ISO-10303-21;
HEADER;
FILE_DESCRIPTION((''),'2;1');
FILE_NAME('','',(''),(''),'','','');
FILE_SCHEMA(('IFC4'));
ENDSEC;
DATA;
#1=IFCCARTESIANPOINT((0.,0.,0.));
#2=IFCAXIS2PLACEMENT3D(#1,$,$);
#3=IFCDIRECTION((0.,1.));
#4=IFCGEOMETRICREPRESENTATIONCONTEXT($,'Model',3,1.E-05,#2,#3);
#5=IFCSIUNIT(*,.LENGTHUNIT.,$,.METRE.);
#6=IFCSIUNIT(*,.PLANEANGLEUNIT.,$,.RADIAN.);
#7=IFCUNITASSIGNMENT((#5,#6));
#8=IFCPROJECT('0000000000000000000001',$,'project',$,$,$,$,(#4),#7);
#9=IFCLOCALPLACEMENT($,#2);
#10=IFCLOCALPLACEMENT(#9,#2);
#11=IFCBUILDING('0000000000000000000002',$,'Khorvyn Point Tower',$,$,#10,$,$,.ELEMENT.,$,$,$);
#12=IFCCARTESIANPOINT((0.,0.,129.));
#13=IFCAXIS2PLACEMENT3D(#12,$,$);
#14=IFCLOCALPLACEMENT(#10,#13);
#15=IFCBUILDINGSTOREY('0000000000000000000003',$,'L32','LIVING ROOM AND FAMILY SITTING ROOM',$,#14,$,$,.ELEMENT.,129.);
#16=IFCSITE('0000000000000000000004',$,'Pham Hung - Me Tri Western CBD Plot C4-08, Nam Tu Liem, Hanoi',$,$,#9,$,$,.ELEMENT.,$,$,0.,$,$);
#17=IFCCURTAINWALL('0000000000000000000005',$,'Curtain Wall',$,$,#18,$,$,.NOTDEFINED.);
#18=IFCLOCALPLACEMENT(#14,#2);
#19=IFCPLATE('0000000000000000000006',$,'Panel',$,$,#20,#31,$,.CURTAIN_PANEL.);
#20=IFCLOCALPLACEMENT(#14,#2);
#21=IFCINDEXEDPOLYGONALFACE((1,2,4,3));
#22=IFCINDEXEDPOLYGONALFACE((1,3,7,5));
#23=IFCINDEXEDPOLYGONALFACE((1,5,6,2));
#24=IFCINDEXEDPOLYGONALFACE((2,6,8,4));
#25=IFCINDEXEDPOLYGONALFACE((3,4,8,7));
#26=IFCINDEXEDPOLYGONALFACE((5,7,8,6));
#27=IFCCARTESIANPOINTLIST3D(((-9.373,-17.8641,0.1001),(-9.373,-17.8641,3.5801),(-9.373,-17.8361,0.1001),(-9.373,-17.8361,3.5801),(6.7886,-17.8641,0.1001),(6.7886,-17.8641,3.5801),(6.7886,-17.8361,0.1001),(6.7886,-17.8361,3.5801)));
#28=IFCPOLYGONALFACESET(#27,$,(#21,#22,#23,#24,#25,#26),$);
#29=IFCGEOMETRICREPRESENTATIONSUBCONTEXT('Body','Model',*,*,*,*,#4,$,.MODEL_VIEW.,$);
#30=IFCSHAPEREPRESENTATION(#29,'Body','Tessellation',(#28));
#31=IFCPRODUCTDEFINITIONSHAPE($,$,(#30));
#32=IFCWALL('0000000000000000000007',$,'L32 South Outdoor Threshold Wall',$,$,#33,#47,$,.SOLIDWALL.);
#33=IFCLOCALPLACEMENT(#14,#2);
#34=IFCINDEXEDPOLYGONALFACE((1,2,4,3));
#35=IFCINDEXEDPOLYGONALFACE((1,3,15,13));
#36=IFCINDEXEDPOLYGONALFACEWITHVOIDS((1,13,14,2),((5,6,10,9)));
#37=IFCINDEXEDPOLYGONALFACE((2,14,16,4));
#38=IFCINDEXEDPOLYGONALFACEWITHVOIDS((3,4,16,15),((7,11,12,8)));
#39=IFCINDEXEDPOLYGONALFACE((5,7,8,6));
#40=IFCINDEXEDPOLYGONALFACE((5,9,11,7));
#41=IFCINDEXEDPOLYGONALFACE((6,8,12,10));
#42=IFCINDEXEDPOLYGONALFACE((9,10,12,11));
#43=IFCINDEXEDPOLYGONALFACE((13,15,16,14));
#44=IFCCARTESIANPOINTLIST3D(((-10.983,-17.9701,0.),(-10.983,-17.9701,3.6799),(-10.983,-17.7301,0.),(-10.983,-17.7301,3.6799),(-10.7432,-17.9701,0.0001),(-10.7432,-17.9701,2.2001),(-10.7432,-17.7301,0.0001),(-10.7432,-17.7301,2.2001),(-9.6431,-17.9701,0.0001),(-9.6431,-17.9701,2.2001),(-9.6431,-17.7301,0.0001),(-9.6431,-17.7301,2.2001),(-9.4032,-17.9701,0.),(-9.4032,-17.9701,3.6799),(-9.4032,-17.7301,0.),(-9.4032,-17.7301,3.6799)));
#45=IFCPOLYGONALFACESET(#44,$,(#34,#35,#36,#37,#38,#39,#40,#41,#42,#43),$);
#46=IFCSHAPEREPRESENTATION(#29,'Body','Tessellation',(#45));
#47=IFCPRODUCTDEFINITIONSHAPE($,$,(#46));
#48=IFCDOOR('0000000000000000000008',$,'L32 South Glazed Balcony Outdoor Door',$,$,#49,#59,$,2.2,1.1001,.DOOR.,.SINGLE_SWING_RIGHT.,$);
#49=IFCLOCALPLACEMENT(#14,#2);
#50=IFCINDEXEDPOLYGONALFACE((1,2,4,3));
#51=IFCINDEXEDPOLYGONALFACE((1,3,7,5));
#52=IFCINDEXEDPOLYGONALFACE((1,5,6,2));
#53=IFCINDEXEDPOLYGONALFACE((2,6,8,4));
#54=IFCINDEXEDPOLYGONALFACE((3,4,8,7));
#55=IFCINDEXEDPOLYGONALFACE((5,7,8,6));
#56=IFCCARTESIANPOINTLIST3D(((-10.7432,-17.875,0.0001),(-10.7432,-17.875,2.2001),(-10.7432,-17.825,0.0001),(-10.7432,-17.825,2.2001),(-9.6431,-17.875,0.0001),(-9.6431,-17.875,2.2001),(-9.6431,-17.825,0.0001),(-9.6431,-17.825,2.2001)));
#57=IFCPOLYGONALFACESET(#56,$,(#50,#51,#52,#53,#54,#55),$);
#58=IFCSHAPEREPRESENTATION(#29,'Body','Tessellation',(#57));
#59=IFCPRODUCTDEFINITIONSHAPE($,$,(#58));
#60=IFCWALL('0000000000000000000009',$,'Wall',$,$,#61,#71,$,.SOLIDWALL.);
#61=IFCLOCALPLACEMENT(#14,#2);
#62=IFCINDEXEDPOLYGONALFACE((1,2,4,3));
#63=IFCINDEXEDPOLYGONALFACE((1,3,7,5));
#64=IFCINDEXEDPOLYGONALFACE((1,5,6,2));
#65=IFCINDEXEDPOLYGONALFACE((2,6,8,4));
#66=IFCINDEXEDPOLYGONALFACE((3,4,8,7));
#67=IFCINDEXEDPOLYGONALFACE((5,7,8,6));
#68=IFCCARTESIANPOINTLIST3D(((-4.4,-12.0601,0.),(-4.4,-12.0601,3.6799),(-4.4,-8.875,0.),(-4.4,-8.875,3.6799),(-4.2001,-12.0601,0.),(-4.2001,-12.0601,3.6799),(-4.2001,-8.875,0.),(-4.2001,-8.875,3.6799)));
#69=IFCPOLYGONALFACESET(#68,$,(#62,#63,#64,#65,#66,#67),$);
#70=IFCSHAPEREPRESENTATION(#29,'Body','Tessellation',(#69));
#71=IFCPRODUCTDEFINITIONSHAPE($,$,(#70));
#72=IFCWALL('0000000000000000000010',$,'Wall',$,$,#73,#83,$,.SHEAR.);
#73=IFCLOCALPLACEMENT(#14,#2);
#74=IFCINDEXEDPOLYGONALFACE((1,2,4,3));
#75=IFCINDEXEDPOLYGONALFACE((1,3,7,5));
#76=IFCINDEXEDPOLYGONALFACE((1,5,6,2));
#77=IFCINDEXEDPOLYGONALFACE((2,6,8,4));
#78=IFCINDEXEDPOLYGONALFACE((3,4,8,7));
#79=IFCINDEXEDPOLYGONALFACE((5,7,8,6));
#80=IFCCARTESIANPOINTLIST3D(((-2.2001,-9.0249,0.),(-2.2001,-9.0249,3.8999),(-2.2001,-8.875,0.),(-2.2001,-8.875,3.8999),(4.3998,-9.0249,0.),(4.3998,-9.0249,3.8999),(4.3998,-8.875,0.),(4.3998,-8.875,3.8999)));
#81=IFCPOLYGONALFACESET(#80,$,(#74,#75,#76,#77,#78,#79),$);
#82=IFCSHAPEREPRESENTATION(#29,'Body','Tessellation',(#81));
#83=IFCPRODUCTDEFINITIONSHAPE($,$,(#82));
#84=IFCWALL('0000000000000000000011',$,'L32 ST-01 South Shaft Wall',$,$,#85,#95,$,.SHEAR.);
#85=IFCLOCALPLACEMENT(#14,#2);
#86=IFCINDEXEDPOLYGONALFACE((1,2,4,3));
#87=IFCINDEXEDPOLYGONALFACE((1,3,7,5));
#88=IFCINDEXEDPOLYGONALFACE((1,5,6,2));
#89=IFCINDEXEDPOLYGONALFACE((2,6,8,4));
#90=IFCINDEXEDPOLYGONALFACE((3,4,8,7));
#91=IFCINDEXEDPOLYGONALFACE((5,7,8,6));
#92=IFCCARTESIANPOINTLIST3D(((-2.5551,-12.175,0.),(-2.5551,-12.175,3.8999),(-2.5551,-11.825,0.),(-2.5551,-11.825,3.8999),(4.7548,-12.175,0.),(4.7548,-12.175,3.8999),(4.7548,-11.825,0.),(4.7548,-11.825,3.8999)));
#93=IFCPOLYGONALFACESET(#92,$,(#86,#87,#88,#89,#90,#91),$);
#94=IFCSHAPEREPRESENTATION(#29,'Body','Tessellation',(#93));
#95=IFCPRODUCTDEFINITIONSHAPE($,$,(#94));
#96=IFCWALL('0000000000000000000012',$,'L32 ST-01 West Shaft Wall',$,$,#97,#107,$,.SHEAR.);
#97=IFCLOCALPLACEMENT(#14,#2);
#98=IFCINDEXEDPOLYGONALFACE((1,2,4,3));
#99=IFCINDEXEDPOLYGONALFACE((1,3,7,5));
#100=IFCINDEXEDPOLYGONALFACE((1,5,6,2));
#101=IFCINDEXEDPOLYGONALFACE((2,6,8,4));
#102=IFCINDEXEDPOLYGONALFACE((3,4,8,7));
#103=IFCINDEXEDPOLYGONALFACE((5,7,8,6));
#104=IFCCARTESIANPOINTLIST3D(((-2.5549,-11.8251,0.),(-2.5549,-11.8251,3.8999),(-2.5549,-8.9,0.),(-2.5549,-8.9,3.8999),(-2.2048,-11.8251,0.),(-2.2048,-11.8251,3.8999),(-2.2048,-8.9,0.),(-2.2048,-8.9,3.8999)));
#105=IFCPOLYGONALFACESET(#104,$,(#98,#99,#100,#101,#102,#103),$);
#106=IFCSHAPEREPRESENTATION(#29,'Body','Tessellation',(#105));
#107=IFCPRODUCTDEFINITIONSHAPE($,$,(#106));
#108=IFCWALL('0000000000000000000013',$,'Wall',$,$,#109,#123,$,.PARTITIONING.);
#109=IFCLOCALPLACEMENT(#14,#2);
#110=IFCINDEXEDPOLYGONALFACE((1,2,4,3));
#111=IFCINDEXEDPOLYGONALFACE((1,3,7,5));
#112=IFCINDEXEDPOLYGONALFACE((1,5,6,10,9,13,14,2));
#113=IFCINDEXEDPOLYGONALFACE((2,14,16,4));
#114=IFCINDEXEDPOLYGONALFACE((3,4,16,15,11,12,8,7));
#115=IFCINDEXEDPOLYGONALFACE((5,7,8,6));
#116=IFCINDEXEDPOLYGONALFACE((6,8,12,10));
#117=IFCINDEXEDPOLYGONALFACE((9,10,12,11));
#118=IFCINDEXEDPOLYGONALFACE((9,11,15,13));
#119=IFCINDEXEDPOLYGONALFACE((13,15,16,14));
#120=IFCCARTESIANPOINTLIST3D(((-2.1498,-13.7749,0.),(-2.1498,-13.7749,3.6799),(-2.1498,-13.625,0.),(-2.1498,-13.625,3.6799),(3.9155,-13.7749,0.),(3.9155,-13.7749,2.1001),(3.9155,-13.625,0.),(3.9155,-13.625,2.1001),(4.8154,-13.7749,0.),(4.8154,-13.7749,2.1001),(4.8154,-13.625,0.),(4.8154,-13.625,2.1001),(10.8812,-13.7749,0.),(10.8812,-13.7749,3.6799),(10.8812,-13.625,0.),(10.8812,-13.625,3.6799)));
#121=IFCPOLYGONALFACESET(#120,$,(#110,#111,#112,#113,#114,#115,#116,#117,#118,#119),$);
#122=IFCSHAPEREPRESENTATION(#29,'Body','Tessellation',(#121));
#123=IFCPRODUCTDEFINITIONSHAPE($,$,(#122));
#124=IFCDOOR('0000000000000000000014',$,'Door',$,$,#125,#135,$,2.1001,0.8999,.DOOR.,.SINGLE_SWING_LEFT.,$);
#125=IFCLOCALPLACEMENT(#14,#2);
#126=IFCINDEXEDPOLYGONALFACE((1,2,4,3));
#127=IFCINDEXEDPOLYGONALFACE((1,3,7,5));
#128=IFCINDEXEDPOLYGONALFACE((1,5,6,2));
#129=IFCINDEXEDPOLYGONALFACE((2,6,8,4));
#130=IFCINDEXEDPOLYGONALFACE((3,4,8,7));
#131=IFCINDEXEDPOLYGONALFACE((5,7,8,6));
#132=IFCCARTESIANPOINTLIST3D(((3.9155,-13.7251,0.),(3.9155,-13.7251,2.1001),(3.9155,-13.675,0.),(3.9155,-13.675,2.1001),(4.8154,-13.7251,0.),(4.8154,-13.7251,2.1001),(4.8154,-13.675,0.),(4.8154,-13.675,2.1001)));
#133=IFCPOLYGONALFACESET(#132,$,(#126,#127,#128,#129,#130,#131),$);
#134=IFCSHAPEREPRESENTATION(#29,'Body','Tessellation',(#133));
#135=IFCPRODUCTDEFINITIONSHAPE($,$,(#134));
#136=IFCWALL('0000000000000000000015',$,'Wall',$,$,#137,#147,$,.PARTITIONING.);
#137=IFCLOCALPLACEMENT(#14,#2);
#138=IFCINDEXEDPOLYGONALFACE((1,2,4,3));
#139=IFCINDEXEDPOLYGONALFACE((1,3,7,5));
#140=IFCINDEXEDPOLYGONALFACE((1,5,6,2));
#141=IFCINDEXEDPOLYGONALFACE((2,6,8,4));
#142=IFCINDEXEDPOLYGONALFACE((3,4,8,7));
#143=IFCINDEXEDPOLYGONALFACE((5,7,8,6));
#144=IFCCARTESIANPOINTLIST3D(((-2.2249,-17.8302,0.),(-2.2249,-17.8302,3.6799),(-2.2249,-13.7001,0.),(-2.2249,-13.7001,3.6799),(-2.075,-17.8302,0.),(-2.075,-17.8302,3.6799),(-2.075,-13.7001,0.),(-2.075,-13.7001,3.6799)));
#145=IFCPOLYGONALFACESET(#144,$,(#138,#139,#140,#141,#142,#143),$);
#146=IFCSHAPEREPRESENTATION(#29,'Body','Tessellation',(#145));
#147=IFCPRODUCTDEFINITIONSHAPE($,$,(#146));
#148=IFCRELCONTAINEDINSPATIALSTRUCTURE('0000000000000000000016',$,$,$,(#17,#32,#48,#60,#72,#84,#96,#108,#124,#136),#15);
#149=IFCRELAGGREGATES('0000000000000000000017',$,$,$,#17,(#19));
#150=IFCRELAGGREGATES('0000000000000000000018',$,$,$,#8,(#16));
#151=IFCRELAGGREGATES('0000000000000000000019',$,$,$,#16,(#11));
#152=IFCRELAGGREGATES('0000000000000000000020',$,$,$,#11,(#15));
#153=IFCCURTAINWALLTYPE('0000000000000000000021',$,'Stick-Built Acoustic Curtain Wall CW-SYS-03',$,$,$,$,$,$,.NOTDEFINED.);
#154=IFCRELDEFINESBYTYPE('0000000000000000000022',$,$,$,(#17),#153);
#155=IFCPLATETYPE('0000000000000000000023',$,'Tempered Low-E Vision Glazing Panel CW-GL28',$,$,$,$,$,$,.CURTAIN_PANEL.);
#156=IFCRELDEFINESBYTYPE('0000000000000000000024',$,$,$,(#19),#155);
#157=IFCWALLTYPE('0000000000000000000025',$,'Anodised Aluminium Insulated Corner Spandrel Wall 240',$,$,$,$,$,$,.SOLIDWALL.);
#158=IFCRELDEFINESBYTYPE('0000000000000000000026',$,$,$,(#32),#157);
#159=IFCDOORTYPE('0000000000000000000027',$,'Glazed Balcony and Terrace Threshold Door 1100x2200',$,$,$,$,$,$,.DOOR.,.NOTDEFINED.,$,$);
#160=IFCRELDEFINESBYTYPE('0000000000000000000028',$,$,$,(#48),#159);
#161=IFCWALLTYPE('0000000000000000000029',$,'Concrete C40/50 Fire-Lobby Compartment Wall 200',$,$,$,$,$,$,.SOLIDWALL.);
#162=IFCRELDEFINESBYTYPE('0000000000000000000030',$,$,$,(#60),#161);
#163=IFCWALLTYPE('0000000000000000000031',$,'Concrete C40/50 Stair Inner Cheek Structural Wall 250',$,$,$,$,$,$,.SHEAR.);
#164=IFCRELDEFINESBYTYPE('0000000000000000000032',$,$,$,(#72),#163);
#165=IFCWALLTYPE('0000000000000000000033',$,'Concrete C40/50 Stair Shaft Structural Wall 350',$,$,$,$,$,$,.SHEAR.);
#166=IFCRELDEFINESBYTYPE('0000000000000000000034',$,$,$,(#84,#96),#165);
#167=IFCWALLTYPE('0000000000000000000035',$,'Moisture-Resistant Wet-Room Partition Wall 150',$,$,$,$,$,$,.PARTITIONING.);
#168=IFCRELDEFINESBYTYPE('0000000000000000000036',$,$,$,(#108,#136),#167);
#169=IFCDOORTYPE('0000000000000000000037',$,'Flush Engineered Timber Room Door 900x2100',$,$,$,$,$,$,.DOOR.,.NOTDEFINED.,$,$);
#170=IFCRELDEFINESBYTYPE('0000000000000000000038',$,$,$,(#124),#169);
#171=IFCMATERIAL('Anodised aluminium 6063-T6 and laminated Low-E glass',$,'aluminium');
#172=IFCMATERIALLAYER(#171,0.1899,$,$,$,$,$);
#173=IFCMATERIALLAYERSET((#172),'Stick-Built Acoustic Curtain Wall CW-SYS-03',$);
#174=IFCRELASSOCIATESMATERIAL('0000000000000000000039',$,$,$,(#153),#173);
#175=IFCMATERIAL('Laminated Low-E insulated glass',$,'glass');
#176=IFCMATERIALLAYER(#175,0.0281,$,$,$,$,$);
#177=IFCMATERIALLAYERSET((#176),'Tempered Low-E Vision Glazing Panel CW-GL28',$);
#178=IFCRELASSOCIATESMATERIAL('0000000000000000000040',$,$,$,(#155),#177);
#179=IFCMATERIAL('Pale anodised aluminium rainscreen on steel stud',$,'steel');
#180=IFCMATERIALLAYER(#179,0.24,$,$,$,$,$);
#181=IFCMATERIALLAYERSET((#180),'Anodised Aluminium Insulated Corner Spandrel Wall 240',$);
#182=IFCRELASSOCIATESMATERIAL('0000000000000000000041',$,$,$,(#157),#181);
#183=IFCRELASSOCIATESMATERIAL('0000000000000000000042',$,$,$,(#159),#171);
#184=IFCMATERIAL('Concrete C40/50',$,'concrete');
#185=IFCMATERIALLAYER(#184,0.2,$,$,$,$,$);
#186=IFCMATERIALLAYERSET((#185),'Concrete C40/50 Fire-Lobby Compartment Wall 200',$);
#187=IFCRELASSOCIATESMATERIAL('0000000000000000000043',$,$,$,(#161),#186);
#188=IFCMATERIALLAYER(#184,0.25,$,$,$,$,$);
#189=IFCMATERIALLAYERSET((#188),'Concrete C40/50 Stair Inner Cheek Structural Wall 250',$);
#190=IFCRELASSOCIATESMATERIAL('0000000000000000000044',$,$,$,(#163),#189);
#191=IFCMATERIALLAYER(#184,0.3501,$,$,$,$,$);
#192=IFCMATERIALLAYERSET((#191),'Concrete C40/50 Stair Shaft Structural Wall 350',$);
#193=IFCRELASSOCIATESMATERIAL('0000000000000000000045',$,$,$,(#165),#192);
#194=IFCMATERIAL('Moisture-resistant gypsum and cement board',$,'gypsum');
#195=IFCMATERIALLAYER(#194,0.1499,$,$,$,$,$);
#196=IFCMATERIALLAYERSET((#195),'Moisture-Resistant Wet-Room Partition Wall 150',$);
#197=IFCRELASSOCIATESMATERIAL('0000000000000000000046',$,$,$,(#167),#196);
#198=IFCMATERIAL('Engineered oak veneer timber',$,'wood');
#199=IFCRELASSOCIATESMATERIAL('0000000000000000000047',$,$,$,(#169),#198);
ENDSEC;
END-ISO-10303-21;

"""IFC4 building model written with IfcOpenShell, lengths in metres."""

from ifc_helpers import new_model, si_unit, direction, frame, frame_2d, origin, origin_2d, place, context, subcontext, project, spatial, rectangle, extrude, material, layer, layer_set, type_object, element, fill, aggregate, save


model = new_model("IFC4")

# Units and contexts
model_context = context("Model", 3, precision=1e-05, world=origin(), true_north=direction((0.0, 1.0)))
body_context = subcontext(model_context, "Body", "Model", "MODEL_VIEW")
ifc_project = project(units=[si_unit("LENGTHUNIT", "METRE"), si_unit("PLANEANGLEUNIT", "RADIAN")], contexts=[model_context])

# Site, building, storey
site_placement = place(None, origin())
site = spatial("IfcSite", under=ifc_project, at=site_placement, Name="Pham Hung - Me Tri Western CBD Plot C4-08, Nam Tu Liem, Hanoi", CompositionType="ELEMENT", RefElevation=0.0)
building_placement = place(site_placement, origin())
building = spatial("IfcBuilding", under=site, at=building_placement, Name="Khorvyn Point Tower", CompositionType="ELEMENT")
storey_placement = place(building_placement, frame((0.0, 0.0, 129.0)))
storey = spatial("IfcBuildingStorey", under=building, at=storey_placement, Name="L32", Description="LIVING ROOM AND FAMILY SITTING ROOM", CompositionType="ELEMENT", Elevation=129.0)

# Curtain wall
ifc_material_1 = material(Name="Anodised aluminium 6063-T6 and laminated Low-E glass", Category="aluminium")
ifc_layer_1 = layer(ifc_material_1, 0.1899)
ifc_layer_set_1 = layer_set([ifc_layer_1], Name="Stick-Built Acoustic Curtain Wall CW-SYS-03")
curtain_wall_type = type_object("IfcCurtainWallType", Name="Stick-Built Acoustic Curtain Wall CW-SYS-03", PredefinedType="NOTDEFINED", material=ifc_layer_set_1)
curtain_wall_1_placement = place(storey_placement, origin())
curtain_wall_1 = element("IfcCurtainWall", 1, at=curtain_wall_1_placement, inside=storey, type_object=curtain_wall_type, Name="Curtain Wall", PredefinedType="NOTDEFINED")

# Plate
ifc_material_2 = material(Name="Laminated Low-E insulated glass", Category="glass")
ifc_layer_2 = layer(ifc_material_2, 0.0281)
ifc_layer_set_2 = layer_set([ifc_layer_2], Name="Tempered Low-E Vision Glazing Panel CW-GL28")
plate_type = type_object("IfcPlateType", Name="Tempered Low-E Vision Glazing Panel CW-GL28", PredefinedType="CURTAIN_PANEL", material=ifc_layer_set_2)
plate_placement = place(storey_placement, frame((-1.2922, -17.8501, 0.1001), z_axis=(0.0, 0.0, 1.0), x_axis=(-1.0, 0.0, 0.0)))
plate = element("IfcPlate", 2, at=plate_placement, type_object=plate_type, Name="Panel", PredefinedType="CURTAIN_PANEL", context=body_context, shape_type="SweptSolid", body=[
    extrude(rectangle(XDim=16.1616, YDim=0.0281, at=origin_2d()), origin(), (0.0, 0.0, 1.0), 3.48),
])
aggregate(curtain_wall_1, [plate])

# Wall, opening, door
ifc_material_3 = material(Name="Pale anodised aluminium rainscreen on steel stud", Category="steel")
ifc_layer_3 = layer(ifc_material_3, 0.24)
ifc_layer_set_3 = layer_set([ifc_layer_3], Name="Anodised Aluminium Insulated Corner Spandrel Wall 240")
wall_type_1 = type_object("IfcWallType", Name="Anodised Aluminium Insulated Corner Spandrel Wall 240", PredefinedType="SOLIDWALL", material=ifc_layer_set_3)
wall_1_placement = place(storey_placement, frame((-9.4031, -17.8501, 0.0), z_axis=(0.0, 0.0, 1.0), x_axis=(-1.0, 0.0, 0.0)))
wall_1 = element("IfcWall", 3, at=wall_1_placement, inside=storey, type_object=wall_type_1, Name="L32 South Outdoor Threshold Wall", PredefinedType="SOLIDWALL", context=body_context, shape_type="SweptSolid", body=[
    extrude(rectangle(XDim=1.5798, YDim=0.24, at=frame_2d((0.79, 0.0))), origin(), (0.0, 0.0, 1.0), 3.6799),
])
opening_1_placement = place(wall_1_placement, frame((0.24, 0.0, 0.0)))
opening_1 = element("IfcOpeningElement", 4, at=opening_1_placement, cuts=wall_1, PredefinedType="OPENING", context=body_context, shape_type="SweptSolid", body=[
    extrude(rectangle(XDim=1.1001, YDim=2.2, at=frame_2d((0.55, 1.1001))), frame((0.0, 0.1299, 0.0), z_axis=(0.0, -1.0, 0.0), x_axis=(1.0, 0.0, 0.0)), (0.0, 0.0, 1.0), 0.26),
])
door_type_1 = type_object("IfcDoorType", Name="Glazed Balcony and Terrace Threshold Door 1100x2200", OperationType="NOTDEFINED", PredefinedType="DOOR", material=ifc_material_1)
door_1_placement = place(opening_1_placement, origin())
door_1 = element("IfcDoor", 5, at=door_1_placement, inside=storey, type_object=door_type_1, Name="L32 South Glazed Balcony Outdoor Door", OperationType="SINGLE_SWING_RIGHT", OverallHeight=2.2, OverallWidth=1.1001, PredefinedType="DOOR", context=body_context, shape_type="SweptSolid", body=[
    extrude(rectangle(XDim=1.1001, YDim=2.2, at=frame_2d((0.55, 1.1001))), frame((0.0, 0.0249, 0.0), z_axis=(0.0, -1.0, 0.0), x_axis=(1.0, 0.0, 0.0)), (0.0, 0.0, 1.0), 0.05),
])
fill(opening_1, door_1)
ifc_material_4 = material(Name="Concrete C40/50", Category="concrete")
ifc_layer_4 = layer(ifc_material_4, 0.2)
ifc_layer_set_4 = layer_set([ifc_layer_4], Name="Concrete C40/50 Fire-Lobby Compartment Wall 200")
wall_type_2 = type_object("IfcWallType", Name="Concrete C40/50 Fire-Lobby Compartment Wall 200", PredefinedType="SOLIDWALL", material=ifc_layer_set_4)

# Walls
wall_2_placement = place(storey_placement, frame((-4.3, -12.0601, 0.0), z_axis=(0.0, 0.0, 1.0), x_axis=(0.0, 1.0, 0.0)))
element("IfcWall", 6, at=wall_2_placement, inside=storey, type_object=wall_type_2, Name="Wall", PredefinedType="SOLIDWALL", context=body_context, shape_type="SweptSolid", body=[
    extrude(rectangle(XDim=3.1851, YDim=0.2, at=frame_2d((1.5925, 0.0))), origin(), (0.0, 0.0, 1.0), 3.6799),
])
ifc_layer_5 = layer(ifc_material_4, 0.25)
ifc_layer_set_5 = layer_set([ifc_layer_5], Name="Concrete C40/50 Stair Inner Cheek Structural Wall 250")
wall_type_3 = type_object("IfcWallType", Name="Concrete C40/50 Stair Inner Cheek Structural Wall 250", PredefinedType="SHEAR", material=ifc_layer_set_5)
wall_3_placement = place(storey_placement, frame((-2.2, -8.95, 0.0), z_axis=(0.0, 0.0, 1.0), x_axis=(1.0, 0.0, 0.0)))
element("IfcWall", 7, at=wall_3_placement, inside=storey, type_object=wall_type_3, Name="Wall", PredefinedType="SHEAR", context=body_context, shape_type="SweptSolid", body=[
    extrude(rectangle(XDim=6.5999, YDim=0.1499, at=frame_2d((3.2998, 0.0))), origin(), (0.0, 0.0, 1.0), 3.8999),
])
ifc_layer_6 = layer(ifc_material_4, 0.3501)
ifc_layer_set_6 = layer_set([ifc_layer_6], Name="Concrete C40/50 Stair Shaft Structural Wall 350")
wall_type_4 = type_object("IfcWallType", Name="Concrete C40/50 Stair Shaft Structural Wall 350", PredefinedType="SHEAR", material=ifc_layer_set_6)
wall_4_placement = place(storey_placement, frame((-2.5549, -12.0, 0.0), z_axis=(0.0, 0.0, 1.0), x_axis=(1.0, 0.0, 0.0)))
element("IfcWall", 8, at=wall_4_placement, inside=storey, type_object=wall_type_4, Name="L32 ST-01 South Shaft Wall", PredefinedType="SHEAR", context=body_context, shape_type="SweptSolid", body=[
    extrude(rectangle(XDim=7.3098, YDim=0.3501, at=frame_2d((3.6548, 0.0))), origin(), (0.0, 0.0, 1.0), 3.8999),
])
wall_5_placement = place(storey_placement, frame((-2.3799, -11.825, 0.0), z_axis=(0.0, 0.0, 1.0), x_axis=(0.0, 1.0, 0.0)))
element("IfcWall", 9, at=wall_5_placement, inside=storey, type_object=wall_type_4, Name="L32 ST-01 West Shaft Wall", PredefinedType="SHEAR", context=body_context, shape_type="SweptSolid", body=[
    extrude(rectangle(XDim=2.925, YDim=0.3501, at=frame_2d((1.4624, 0.0))), origin(), (0.0, 0.0, 1.0), 3.8999),
])

# Wall, opening, door
ifc_material_5 = material(Name="Moisture-resistant gypsum and cement board", Category="gypsum")
ifc_layer_7 = layer(ifc_material_5, 0.1499)
ifc_layer_set_7 = layer_set([ifc_layer_7], Name="Moisture-Resistant Wet-Room Partition Wall 150")
wall_type_5 = type_object("IfcWallType", Name="Moisture-Resistant Wet-Room Partition Wall 150", PredefinedType="PARTITIONING", material=ifc_layer_set_7)
wall_6_placement = place(storey_placement, frame((-2.1499, -13.7, 0.0), z_axis=(0.0, 0.0, 1.0), x_axis=(1.0, 0.0, 0.0)))
wall_6 = element("IfcWall", 10, at=wall_6_placement, inside=storey, type_object=wall_type_5, Name="Wall", PredefinedType="PARTITIONING", context=body_context, shape_type="SweptSolid", body=[
    extrude(rectangle(XDim=13.031, YDim=0.1499, at=frame_2d((6.5156, 0.0))), origin(), (0.0, 0.0, 1.0), 3.6799),
])
opening_2_placement = place(wall_6_placement, frame((6.0654, 0.0, 0.0)))
opening_2 = element("IfcOpeningElement", 11, at=opening_2_placement, cuts=wall_6, PredefinedType="OPENING", context=body_context, shape_type="SweptSolid", body=[
    extrude(rectangle(XDim=0.8999, YDim=2.1001, at=frame_2d((0.45, 1.05))), frame((0.0, 0.085, 0.0), z_axis=(0.0, -1.0, 0.0), x_axis=(1.0, 0.0, 0.0)), (0.0, 0.0, 1.0), 0.1699),
])
ifc_material_6 = material(Name="Engineered oak veneer timber", Category="wood")
door_type_2 = type_object("IfcDoorType", Name="Flush Engineered Timber Room Door 900x2100", OperationType="NOTDEFINED", PredefinedType="DOOR", material=ifc_material_6)
door_2_placement = place(opening_2_placement, origin())
door_2 = element("IfcDoor", 12, at=door_2_placement, inside=storey, type_object=door_type_2, Name="Door", OperationType="SINGLE_SWING_LEFT", OverallHeight=2.1001, OverallWidth=0.8999, PredefinedType="DOOR", context=body_context, shape_type="SweptSolid", body=[
    extrude(rectangle(XDim=0.8999, YDim=2.1001, at=frame_2d((0.45, 1.05))), frame((0.0, 0.0249, 0.0), z_axis=(0.0, -1.0, 0.0), x_axis=(1.0, 0.0, 0.0)), (0.0, 0.0, 1.0), 0.05),
])
fill(opening_2, door_2)

# Wall
wall_7_placement = place(storey_placement, frame((-2.1499, -17.8301, 0.0), z_axis=(0.0, 0.0, 1.0), x_axis=(0.0, 1.0, 0.0)))
element("IfcWall", 13, at=wall_7_placement, inside=storey, type_object=wall_type_5, Name="Wall", PredefinedType="PARTITIONING", context=body_context, shape_type="SweptSolid", body=[
    extrude(rectangle(XDim=4.1301, YDim=0.1499, at=frame_2d((2.0649, 0.0))), origin(), (0.0, 0.0, 1.0), 3.6799),
])

save(model, "model.ifc")
